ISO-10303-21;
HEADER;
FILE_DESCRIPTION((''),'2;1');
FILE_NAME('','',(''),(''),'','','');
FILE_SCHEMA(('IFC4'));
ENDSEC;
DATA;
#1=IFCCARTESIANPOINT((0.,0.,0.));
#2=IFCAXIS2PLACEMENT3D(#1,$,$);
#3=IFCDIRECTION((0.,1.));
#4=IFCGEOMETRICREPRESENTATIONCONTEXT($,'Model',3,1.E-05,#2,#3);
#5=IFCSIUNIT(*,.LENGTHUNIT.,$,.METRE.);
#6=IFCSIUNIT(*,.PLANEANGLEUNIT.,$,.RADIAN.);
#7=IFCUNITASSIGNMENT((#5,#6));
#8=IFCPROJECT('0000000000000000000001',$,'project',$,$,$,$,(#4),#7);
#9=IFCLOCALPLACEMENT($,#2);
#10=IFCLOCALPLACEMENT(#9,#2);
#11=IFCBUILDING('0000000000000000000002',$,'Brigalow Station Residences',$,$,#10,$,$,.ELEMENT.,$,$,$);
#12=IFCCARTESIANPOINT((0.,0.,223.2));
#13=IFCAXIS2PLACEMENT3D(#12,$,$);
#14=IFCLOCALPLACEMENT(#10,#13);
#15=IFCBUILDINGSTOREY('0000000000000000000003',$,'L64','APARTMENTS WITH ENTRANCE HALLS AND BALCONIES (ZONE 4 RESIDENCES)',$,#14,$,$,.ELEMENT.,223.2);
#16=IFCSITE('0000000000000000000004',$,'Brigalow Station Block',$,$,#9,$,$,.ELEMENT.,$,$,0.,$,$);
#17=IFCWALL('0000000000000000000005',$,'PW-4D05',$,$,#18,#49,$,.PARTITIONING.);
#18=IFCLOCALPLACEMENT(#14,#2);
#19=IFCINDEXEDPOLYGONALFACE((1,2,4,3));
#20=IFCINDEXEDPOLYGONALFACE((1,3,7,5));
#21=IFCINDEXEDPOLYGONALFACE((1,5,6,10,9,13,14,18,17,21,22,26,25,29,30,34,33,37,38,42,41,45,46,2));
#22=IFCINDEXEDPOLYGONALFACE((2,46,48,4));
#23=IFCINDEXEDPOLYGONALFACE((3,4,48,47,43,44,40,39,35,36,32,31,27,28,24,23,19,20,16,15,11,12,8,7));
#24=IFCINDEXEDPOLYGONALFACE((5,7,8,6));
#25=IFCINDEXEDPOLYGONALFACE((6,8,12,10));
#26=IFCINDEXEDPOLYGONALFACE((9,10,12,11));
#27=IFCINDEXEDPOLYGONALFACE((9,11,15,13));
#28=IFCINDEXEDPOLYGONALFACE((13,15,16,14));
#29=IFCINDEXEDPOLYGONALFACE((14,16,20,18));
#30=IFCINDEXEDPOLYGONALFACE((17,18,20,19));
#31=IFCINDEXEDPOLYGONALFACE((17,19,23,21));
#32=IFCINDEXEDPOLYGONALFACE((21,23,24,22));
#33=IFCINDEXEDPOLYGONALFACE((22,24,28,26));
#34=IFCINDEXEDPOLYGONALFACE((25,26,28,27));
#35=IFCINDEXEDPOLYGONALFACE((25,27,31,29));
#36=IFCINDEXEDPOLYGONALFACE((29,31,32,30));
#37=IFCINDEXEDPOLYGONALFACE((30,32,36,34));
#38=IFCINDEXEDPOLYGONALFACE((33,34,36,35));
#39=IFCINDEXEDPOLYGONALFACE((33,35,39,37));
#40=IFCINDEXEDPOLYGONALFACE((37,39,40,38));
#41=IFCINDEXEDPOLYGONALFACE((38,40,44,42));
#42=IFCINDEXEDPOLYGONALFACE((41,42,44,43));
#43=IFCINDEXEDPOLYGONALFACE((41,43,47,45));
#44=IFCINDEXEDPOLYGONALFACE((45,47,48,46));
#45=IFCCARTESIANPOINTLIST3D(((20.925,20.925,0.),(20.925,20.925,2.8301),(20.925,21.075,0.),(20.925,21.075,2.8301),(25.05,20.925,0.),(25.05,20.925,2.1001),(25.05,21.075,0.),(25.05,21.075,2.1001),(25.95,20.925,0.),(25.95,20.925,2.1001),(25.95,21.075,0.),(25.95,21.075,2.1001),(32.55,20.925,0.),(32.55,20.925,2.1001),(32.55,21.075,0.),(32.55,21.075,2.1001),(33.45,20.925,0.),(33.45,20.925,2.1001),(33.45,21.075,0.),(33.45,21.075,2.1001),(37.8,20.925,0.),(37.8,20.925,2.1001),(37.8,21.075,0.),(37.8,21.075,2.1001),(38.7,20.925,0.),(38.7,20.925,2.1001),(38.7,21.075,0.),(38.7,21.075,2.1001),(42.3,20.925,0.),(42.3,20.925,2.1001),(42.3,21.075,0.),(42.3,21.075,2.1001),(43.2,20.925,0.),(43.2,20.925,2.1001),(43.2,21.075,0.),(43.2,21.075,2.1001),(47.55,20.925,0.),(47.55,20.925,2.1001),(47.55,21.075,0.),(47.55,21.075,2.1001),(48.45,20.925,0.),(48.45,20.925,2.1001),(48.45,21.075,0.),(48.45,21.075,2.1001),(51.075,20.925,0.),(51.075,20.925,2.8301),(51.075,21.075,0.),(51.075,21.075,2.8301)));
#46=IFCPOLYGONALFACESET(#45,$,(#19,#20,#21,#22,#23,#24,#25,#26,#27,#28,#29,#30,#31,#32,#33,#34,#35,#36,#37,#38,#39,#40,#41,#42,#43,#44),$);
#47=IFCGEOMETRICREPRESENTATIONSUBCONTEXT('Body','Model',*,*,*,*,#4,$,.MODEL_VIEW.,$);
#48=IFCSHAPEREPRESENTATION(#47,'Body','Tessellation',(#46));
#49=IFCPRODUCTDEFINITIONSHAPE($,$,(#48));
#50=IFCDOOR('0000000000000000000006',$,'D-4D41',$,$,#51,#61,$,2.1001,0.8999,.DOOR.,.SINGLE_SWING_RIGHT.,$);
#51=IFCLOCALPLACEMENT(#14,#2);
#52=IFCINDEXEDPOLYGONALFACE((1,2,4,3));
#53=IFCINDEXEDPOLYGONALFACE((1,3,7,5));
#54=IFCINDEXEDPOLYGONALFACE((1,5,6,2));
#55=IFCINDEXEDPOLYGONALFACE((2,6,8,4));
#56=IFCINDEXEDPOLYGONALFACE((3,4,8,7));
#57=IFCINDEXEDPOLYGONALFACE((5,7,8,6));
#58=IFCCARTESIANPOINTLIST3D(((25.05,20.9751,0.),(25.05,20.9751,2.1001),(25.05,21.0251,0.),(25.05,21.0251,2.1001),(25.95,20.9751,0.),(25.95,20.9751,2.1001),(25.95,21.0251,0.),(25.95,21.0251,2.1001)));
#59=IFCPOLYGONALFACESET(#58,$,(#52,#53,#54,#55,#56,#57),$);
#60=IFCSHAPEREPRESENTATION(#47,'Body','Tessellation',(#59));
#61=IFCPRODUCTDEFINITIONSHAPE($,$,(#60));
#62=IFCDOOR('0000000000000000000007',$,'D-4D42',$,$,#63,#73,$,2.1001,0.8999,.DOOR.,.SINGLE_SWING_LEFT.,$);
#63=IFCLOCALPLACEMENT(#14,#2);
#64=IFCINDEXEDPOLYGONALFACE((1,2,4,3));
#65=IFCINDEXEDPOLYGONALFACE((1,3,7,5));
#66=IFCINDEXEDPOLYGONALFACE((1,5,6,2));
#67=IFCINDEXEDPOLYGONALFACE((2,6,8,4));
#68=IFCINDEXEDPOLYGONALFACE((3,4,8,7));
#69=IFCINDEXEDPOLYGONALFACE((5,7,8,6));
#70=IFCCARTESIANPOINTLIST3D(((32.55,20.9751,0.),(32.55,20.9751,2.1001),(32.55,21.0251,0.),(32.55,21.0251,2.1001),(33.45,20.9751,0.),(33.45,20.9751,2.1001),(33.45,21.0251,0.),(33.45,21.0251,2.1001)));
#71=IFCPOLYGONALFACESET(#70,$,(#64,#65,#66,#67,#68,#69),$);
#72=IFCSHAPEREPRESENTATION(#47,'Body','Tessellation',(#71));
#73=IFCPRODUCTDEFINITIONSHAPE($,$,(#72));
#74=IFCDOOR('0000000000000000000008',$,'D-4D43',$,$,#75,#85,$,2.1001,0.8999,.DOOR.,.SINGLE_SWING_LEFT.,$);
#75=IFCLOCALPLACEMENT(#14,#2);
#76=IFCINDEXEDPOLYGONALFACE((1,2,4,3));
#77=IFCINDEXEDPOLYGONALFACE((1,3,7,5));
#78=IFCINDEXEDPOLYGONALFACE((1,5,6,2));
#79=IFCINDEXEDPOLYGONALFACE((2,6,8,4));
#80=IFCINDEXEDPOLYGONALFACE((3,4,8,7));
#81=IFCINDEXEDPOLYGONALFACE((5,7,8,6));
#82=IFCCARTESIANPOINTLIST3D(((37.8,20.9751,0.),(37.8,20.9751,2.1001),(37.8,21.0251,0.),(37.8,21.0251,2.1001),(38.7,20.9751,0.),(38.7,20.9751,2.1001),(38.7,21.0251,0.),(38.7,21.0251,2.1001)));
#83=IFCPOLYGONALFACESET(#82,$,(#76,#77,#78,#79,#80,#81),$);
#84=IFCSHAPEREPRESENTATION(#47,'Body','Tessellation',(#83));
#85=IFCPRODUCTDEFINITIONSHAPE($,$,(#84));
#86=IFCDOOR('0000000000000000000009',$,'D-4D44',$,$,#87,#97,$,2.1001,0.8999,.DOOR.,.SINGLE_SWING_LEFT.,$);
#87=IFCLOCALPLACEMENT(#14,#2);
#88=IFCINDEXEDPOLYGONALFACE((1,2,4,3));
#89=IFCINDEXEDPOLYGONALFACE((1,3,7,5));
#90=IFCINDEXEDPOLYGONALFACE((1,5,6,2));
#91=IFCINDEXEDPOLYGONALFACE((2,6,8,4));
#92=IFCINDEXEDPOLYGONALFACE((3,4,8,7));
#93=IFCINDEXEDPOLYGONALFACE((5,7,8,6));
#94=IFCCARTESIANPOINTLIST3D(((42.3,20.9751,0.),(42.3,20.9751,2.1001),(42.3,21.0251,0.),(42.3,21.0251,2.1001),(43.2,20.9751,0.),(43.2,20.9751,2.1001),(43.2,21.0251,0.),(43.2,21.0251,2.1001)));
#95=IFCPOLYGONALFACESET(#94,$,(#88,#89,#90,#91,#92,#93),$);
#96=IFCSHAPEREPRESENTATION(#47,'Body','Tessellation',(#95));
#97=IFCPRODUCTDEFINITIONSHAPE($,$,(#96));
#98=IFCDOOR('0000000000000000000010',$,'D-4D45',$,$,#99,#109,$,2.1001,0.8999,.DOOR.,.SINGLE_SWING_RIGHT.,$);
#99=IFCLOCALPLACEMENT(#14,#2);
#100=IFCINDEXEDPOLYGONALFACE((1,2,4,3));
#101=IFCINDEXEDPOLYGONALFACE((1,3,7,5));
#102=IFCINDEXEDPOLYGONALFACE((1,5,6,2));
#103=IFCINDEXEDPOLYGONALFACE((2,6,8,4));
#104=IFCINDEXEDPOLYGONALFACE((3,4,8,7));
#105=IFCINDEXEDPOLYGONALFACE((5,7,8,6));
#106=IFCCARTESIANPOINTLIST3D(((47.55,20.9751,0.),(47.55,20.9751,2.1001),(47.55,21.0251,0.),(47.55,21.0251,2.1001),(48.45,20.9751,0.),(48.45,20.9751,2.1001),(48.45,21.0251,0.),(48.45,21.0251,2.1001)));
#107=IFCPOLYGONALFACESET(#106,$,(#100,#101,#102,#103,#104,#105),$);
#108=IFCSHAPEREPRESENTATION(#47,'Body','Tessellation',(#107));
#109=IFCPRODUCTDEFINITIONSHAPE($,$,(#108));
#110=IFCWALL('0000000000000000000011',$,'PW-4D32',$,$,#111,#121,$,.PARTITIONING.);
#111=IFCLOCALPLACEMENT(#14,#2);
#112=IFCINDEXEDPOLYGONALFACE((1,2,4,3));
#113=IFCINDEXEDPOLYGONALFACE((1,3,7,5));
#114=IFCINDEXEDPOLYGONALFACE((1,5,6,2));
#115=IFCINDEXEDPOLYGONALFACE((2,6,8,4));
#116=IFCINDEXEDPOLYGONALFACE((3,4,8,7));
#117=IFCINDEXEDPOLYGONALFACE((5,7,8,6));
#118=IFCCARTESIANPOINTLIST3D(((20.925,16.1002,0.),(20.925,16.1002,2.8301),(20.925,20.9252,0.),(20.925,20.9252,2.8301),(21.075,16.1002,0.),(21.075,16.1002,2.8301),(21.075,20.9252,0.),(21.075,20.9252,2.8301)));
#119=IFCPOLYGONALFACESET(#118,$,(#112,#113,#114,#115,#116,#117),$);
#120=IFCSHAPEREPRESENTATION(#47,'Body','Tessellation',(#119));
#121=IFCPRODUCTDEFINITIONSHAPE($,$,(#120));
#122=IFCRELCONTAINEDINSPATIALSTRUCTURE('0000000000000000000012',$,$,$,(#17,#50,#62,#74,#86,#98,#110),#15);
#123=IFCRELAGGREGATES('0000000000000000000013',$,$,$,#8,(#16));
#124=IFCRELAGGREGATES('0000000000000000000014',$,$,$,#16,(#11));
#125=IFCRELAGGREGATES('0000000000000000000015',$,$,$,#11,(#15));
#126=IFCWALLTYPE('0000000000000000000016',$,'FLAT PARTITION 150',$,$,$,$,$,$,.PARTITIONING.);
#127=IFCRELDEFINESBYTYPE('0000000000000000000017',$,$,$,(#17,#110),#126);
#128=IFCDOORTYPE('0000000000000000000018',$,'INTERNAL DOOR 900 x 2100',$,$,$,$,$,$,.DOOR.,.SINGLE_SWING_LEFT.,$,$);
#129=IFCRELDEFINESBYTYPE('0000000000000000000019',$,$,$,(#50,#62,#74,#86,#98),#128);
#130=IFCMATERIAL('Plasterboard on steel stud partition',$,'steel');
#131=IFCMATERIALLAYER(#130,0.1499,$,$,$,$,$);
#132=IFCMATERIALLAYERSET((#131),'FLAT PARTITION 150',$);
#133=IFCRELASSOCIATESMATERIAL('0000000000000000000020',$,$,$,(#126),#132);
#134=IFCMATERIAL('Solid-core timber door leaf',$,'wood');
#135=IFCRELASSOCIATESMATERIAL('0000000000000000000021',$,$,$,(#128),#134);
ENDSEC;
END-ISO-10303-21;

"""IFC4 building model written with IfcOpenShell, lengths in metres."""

from ifc_helpers import new_model, si_unit, direction, frame, frame_2d, origin, place, context, subcontext, project, spatial, rectangle, extrude, material, layer, layer_set, type_object, element, fill, save


model = new_model("IFC4")

# Units and contexts
model_context = context("Model", 3, precision=1e-05, world=origin(), true_north=direction((0.0, 1.0)))
body_context = subcontext(model_context, "Body", "Model", "MODEL_VIEW")
ifc_project = project(units=[si_unit("LENGTHUNIT", "METRE"), si_unit("PLANEANGLEUNIT", "RADIAN")], contexts=[model_context])

# Site, building, storey
site_placement = place(None, origin())
site = spatial("IfcSite", under=ifc_project, at=site_placement, Name="Brigalow Station Block", CompositionType="ELEMENT", RefElevation=0.0)
building_placement = place(site_placement, origin())
building = spatial("IfcBuilding", under=site, at=building_placement, Name="Brigalow Station Residences", CompositionType="ELEMENT")
storey_placement = place(building_placement, frame((0.0, 0.0, 223.2)))
storey = spatial("IfcBuildingStorey", under=building, at=storey_placement, Name="L64", Description="APARTMENTS WITH ENTRANCE HALLS AND BALCONIES (ZONE 4 RESIDENCES)", CompositionType="ELEMENT", Elevation=223.2)

# Wall, openings, doors
ifc_material_1 = material(Name="Plasterboard on steel stud partition", Category="steel")
ifc_layer_1 = layer(ifc_material_1, 0.1499)
ifc_layer_set_1 = layer_set([ifc_layer_1], Name="FLAT PARTITION 150")
wall_type_1 = type_object("IfcWallType", Name="FLAT PARTITION 150", PredefinedType="PARTITIONING", material=ifc_layer_set_1)
wall_1_placement = place(storey_placement, frame((20.925, 21.0, 0.0), z_axis=(0.0, 0.0, 1.0), x_axis=(1.0, 0.0, 0.0)))
wall_1 = element("IfcWall", 1, at=wall_1_placement, inside=storey, type_object=wall_type_1, Name="PW-4D05", PredefinedType="PARTITIONING", context=body_context, shape_type="SweptSolid", body=[
    extrude(rectangle(XDim=30.1499, YDim=0.1499, at=frame_2d((15.075, 0.0))), origin(), (0.0, 0.0, 1.0), 2.8301),
])
opening_1_placement = place(wall_1_placement, frame((4.125, 0.0, 0.0)))
opening_1 = element("IfcOpeningElement", 2, at=opening_1_placement, cuts=wall_1, PredefinedType="OPENING", context=body_context, shape_type="SweptSolid", body=[
    extrude(rectangle(XDim=0.8999, YDim=2.1001, at=frame_2d((0.45, 1.05))), frame((0.0, 0.085, 0.0), z_axis=(0.0, -1.0, 0.0), x_axis=(1.0, 0.0, 0.0)), (0.0, 0.0, 1.0), 0.1699),
])
opening_2_placement = place(wall_1_placement, frame((11.625, 0.0, 0.0)))
opening_2 = element("IfcOpeningElement", 3, at=opening_2_placement, cuts=wall_1, PredefinedType="OPENING", context=body_context, shape_type="SweptSolid", body=[
    extrude(rectangle(XDim=0.8999, YDim=2.1001, at=frame_2d((0.45, 1.05))), frame((0.0, 0.085, 0.0), z_axis=(0.0, -1.0, 0.0), x_axis=(1.0, 0.0, 0.0)), (0.0, 0.0, 1.0), 0.1699),
])
opening_3_placement = place(wall_1_placement, frame((16.875, 0.0, 0.0)))
opening_3 = element("IfcOpeningElement", 4, at=opening_3_placement, cuts=wall_1, PredefinedType="OPENING", context=body_context, shape_type="SweptSolid", body=[
    extrude(rectangle(XDim=0.8999, YDim=2.1001, at=frame_2d((0.45, 1.05))), frame((0.0, 0.085, 0.0), z_axis=(0.0, -1.0, 0.0), x_axis=(1.0, 0.0, 0.0)), (0.0, 0.0, 1.0), 0.1699),
])
opening_4_placement = place(wall_1_placement, frame((21.375, 0.0, 0.0)))
opening_4 = element("IfcOpeningElement", 5, at=opening_4_placement, cuts=wall_1, PredefinedType="OPENING", context=body_context, shape_type="SweptSolid", body=[
    extrude(rectangle(XDim=0.8999, YDim=2.1001, at=frame_2d((0.45, 1.05))), frame((0.0, 0.085, 0.0), z_axis=(0.0, -1.0, 0.0), x_axis=(1.0, 0.0, 0.0)), (0.0, 0.0, 1.0), 0.1699),
])
opening_5_placement = place(wall_1_placement, frame((26.625, 0.0, 0.0)))
opening_5 = element("IfcOpeningElement", 6, at=opening_5_placement, cuts=wall_1, PredefinedType="OPENING", context=body_context, shape_type="SweptSolid", body=[
    extrude(rectangle(XDim=0.8999, YDim=2.1001, at=frame_2d((0.45, 1.05))), frame((0.0, 0.085, 0.0), z_axis=(0.0, -1.0, 0.0), x_axis=(1.0, 0.0, 0.0)), (0.0, 0.0, 1.0), 0.1699),
])
ifc_material_2 = material(Name="Solid-core timber door leaf", Category="wood")
door_type_1 = type_object("IfcDoorType", Name="INTERNAL DOOR 900 x 2100", OperationType="SINGLE_SWING_LEFT", PredefinedType="DOOR", material=ifc_material_2)
door_1_placement = place(opening_1_placement, frame((0.8999, 0.0, 0.0), z_axis=(0.0, 0.0, 1.0), x_axis=(-1.0, 0.0, 0.0)))
door_1 = element("IfcDoor", 7, at=door_1_placement, inside=storey, type_object=door_type_1, Name="D-4D41", OperationType="SINGLE_SWING_RIGHT", OverallHeight=2.1001, OverallWidth=0.8999, PredefinedType="DOOR", context=body_context, shape_type="SweptSolid", body=[
    extrude(rectangle(XDim=0.8999, YDim=2.1001, at=frame_2d((0.45, 1.05))), frame((0.0, 0.0249, 0.0), z_axis=(0.0, -1.0, 0.0), x_axis=(1.0, 0.0, 0.0)), (0.0, 0.0, 1.0), 0.05),
])
fill(opening_1, door_1)
door_2_placement = place(opening_2_placement, frame((0.8999, 0.0, 0.0), z_axis=(0.0, 0.0, 1.0), x_axis=(-1.0, 0.0, 0.0)))
door_2 = element("IfcDoor", 8, at=door_2_placement, inside=storey, type_object=door_type_1, Name="D-4D42", OperationType="SINGLE_SWING_LEFT", OverallHeight=2.1001, OverallWidth=0.8999, PredefinedType="DOOR", context=body_context, shape_type="SweptSolid", body=[
    extrude(rectangle(XDim=0.8999, YDim=2.1001, at=frame_2d((0.45, 1.05))), frame((0.0, 0.0249, 0.0), z_axis=(0.0, -1.0, 0.0), x_axis=(1.0, 0.0, 0.0)), (0.0, 0.0, 1.0), 0.05),
])
fill(opening_2, door_2)
door_3_placement = place(opening_3_placement, frame((0.8999, 0.0, 0.0), z_axis=(0.0, 0.0, 1.0), x_axis=(-1.0, 0.0, 0.0)))
door_3 = element("IfcDoor", 9, at=door_3_placement, inside=storey, type_object=door_type_1, Name="D-4D43", OperationType="SINGLE_SWING_LEFT", OverallHeight=2.1001, OverallWidth=0.8999, PredefinedType="DOOR", context=body_context, shape_type="SweptSolid", body=[
    extrude(rectangle(XDim=0.8999, YDim=2.1001, at=frame_2d((0.45, 1.05))), frame((0.0, 0.0249, 0.0), z_axis=(0.0, -1.0, 0.0), x_axis=(1.0, 0.0, 0.0)), (0.0, 0.0, 1.0), 0.05),
])
fill(opening_3, door_3)
door_4_placement = place(opening_4_placement, frame((0.8999, 0.0, 0.0), z_axis=(0.0, 0.0, 1.0), x_axis=(-1.0, 0.0, 0.0)))
door_4 = element("IfcDoor", 10, at=door_4_placement, inside=storey, type_object=door_type_1, Name="D-4D44", OperationType="SINGLE_SWING_LEFT", OverallHeight=2.1001, OverallWidth=0.8999, PredefinedType="DOOR", context=body_context, shape_type="SweptSolid", body=[
    extrude(rectangle(XDim=0.8999, YDim=2.1001, at=frame_2d((0.45, 1.05))), frame((0.0, 0.0249, 0.0), z_axis=(0.0, -1.0, 0.0), x_axis=(1.0, 0.0, 0.0)), (0.0, 0.0, 1.0), 0.05),
])
fill(opening_4, door_4)
door_5_placement = place(opening_5_placement, frame((0.8999, 0.0, 0.0), z_axis=(0.0, 0.0, 1.0), x_axis=(-1.0, 0.0, 0.0)))
door_5 = element("IfcDoor", 11, at=door_5_placement, inside=storey, type_object=door_type_1, Name="D-4D45", OperationType="SINGLE_SWING_RIGHT", OverallHeight=2.1001, OverallWidth=0.8999, PredefinedType="DOOR", context=body_context, shape_type="SweptSolid", body=[
    extrude(rectangle(XDim=0.8999, YDim=2.1001, at=frame_2d((0.45, 1.05))), frame((0.0, 0.0249, 0.0), z_axis=(0.0, -1.0, 0.0), x_axis=(1.0, 0.0, 0.0)), (0.0, 0.0, 1.0), 0.05),
])
fill(opening_5, door_5)

# Wall
wall_2_placement = place(storey_placement, frame((21.0, 16.1001, 0.0), z_axis=(0.0, 0.0, 1.0), x_axis=(0.0, 1.0, 0.0)))
element("IfcWall", 12, at=wall_2_placement, inside=storey, type_object=wall_type_1, Name="PW-4D32", PredefinedType="PARTITIONING", context=body_context, shape_type="SweptSolid", body=[
    extrude(rectangle(XDim=4.825, YDim=0.1499, at=frame_2d((2.4126, 0.0))), origin(), (0.0, 0.0, 1.0), 2.8301),
])

save(model, "model.ifc")
